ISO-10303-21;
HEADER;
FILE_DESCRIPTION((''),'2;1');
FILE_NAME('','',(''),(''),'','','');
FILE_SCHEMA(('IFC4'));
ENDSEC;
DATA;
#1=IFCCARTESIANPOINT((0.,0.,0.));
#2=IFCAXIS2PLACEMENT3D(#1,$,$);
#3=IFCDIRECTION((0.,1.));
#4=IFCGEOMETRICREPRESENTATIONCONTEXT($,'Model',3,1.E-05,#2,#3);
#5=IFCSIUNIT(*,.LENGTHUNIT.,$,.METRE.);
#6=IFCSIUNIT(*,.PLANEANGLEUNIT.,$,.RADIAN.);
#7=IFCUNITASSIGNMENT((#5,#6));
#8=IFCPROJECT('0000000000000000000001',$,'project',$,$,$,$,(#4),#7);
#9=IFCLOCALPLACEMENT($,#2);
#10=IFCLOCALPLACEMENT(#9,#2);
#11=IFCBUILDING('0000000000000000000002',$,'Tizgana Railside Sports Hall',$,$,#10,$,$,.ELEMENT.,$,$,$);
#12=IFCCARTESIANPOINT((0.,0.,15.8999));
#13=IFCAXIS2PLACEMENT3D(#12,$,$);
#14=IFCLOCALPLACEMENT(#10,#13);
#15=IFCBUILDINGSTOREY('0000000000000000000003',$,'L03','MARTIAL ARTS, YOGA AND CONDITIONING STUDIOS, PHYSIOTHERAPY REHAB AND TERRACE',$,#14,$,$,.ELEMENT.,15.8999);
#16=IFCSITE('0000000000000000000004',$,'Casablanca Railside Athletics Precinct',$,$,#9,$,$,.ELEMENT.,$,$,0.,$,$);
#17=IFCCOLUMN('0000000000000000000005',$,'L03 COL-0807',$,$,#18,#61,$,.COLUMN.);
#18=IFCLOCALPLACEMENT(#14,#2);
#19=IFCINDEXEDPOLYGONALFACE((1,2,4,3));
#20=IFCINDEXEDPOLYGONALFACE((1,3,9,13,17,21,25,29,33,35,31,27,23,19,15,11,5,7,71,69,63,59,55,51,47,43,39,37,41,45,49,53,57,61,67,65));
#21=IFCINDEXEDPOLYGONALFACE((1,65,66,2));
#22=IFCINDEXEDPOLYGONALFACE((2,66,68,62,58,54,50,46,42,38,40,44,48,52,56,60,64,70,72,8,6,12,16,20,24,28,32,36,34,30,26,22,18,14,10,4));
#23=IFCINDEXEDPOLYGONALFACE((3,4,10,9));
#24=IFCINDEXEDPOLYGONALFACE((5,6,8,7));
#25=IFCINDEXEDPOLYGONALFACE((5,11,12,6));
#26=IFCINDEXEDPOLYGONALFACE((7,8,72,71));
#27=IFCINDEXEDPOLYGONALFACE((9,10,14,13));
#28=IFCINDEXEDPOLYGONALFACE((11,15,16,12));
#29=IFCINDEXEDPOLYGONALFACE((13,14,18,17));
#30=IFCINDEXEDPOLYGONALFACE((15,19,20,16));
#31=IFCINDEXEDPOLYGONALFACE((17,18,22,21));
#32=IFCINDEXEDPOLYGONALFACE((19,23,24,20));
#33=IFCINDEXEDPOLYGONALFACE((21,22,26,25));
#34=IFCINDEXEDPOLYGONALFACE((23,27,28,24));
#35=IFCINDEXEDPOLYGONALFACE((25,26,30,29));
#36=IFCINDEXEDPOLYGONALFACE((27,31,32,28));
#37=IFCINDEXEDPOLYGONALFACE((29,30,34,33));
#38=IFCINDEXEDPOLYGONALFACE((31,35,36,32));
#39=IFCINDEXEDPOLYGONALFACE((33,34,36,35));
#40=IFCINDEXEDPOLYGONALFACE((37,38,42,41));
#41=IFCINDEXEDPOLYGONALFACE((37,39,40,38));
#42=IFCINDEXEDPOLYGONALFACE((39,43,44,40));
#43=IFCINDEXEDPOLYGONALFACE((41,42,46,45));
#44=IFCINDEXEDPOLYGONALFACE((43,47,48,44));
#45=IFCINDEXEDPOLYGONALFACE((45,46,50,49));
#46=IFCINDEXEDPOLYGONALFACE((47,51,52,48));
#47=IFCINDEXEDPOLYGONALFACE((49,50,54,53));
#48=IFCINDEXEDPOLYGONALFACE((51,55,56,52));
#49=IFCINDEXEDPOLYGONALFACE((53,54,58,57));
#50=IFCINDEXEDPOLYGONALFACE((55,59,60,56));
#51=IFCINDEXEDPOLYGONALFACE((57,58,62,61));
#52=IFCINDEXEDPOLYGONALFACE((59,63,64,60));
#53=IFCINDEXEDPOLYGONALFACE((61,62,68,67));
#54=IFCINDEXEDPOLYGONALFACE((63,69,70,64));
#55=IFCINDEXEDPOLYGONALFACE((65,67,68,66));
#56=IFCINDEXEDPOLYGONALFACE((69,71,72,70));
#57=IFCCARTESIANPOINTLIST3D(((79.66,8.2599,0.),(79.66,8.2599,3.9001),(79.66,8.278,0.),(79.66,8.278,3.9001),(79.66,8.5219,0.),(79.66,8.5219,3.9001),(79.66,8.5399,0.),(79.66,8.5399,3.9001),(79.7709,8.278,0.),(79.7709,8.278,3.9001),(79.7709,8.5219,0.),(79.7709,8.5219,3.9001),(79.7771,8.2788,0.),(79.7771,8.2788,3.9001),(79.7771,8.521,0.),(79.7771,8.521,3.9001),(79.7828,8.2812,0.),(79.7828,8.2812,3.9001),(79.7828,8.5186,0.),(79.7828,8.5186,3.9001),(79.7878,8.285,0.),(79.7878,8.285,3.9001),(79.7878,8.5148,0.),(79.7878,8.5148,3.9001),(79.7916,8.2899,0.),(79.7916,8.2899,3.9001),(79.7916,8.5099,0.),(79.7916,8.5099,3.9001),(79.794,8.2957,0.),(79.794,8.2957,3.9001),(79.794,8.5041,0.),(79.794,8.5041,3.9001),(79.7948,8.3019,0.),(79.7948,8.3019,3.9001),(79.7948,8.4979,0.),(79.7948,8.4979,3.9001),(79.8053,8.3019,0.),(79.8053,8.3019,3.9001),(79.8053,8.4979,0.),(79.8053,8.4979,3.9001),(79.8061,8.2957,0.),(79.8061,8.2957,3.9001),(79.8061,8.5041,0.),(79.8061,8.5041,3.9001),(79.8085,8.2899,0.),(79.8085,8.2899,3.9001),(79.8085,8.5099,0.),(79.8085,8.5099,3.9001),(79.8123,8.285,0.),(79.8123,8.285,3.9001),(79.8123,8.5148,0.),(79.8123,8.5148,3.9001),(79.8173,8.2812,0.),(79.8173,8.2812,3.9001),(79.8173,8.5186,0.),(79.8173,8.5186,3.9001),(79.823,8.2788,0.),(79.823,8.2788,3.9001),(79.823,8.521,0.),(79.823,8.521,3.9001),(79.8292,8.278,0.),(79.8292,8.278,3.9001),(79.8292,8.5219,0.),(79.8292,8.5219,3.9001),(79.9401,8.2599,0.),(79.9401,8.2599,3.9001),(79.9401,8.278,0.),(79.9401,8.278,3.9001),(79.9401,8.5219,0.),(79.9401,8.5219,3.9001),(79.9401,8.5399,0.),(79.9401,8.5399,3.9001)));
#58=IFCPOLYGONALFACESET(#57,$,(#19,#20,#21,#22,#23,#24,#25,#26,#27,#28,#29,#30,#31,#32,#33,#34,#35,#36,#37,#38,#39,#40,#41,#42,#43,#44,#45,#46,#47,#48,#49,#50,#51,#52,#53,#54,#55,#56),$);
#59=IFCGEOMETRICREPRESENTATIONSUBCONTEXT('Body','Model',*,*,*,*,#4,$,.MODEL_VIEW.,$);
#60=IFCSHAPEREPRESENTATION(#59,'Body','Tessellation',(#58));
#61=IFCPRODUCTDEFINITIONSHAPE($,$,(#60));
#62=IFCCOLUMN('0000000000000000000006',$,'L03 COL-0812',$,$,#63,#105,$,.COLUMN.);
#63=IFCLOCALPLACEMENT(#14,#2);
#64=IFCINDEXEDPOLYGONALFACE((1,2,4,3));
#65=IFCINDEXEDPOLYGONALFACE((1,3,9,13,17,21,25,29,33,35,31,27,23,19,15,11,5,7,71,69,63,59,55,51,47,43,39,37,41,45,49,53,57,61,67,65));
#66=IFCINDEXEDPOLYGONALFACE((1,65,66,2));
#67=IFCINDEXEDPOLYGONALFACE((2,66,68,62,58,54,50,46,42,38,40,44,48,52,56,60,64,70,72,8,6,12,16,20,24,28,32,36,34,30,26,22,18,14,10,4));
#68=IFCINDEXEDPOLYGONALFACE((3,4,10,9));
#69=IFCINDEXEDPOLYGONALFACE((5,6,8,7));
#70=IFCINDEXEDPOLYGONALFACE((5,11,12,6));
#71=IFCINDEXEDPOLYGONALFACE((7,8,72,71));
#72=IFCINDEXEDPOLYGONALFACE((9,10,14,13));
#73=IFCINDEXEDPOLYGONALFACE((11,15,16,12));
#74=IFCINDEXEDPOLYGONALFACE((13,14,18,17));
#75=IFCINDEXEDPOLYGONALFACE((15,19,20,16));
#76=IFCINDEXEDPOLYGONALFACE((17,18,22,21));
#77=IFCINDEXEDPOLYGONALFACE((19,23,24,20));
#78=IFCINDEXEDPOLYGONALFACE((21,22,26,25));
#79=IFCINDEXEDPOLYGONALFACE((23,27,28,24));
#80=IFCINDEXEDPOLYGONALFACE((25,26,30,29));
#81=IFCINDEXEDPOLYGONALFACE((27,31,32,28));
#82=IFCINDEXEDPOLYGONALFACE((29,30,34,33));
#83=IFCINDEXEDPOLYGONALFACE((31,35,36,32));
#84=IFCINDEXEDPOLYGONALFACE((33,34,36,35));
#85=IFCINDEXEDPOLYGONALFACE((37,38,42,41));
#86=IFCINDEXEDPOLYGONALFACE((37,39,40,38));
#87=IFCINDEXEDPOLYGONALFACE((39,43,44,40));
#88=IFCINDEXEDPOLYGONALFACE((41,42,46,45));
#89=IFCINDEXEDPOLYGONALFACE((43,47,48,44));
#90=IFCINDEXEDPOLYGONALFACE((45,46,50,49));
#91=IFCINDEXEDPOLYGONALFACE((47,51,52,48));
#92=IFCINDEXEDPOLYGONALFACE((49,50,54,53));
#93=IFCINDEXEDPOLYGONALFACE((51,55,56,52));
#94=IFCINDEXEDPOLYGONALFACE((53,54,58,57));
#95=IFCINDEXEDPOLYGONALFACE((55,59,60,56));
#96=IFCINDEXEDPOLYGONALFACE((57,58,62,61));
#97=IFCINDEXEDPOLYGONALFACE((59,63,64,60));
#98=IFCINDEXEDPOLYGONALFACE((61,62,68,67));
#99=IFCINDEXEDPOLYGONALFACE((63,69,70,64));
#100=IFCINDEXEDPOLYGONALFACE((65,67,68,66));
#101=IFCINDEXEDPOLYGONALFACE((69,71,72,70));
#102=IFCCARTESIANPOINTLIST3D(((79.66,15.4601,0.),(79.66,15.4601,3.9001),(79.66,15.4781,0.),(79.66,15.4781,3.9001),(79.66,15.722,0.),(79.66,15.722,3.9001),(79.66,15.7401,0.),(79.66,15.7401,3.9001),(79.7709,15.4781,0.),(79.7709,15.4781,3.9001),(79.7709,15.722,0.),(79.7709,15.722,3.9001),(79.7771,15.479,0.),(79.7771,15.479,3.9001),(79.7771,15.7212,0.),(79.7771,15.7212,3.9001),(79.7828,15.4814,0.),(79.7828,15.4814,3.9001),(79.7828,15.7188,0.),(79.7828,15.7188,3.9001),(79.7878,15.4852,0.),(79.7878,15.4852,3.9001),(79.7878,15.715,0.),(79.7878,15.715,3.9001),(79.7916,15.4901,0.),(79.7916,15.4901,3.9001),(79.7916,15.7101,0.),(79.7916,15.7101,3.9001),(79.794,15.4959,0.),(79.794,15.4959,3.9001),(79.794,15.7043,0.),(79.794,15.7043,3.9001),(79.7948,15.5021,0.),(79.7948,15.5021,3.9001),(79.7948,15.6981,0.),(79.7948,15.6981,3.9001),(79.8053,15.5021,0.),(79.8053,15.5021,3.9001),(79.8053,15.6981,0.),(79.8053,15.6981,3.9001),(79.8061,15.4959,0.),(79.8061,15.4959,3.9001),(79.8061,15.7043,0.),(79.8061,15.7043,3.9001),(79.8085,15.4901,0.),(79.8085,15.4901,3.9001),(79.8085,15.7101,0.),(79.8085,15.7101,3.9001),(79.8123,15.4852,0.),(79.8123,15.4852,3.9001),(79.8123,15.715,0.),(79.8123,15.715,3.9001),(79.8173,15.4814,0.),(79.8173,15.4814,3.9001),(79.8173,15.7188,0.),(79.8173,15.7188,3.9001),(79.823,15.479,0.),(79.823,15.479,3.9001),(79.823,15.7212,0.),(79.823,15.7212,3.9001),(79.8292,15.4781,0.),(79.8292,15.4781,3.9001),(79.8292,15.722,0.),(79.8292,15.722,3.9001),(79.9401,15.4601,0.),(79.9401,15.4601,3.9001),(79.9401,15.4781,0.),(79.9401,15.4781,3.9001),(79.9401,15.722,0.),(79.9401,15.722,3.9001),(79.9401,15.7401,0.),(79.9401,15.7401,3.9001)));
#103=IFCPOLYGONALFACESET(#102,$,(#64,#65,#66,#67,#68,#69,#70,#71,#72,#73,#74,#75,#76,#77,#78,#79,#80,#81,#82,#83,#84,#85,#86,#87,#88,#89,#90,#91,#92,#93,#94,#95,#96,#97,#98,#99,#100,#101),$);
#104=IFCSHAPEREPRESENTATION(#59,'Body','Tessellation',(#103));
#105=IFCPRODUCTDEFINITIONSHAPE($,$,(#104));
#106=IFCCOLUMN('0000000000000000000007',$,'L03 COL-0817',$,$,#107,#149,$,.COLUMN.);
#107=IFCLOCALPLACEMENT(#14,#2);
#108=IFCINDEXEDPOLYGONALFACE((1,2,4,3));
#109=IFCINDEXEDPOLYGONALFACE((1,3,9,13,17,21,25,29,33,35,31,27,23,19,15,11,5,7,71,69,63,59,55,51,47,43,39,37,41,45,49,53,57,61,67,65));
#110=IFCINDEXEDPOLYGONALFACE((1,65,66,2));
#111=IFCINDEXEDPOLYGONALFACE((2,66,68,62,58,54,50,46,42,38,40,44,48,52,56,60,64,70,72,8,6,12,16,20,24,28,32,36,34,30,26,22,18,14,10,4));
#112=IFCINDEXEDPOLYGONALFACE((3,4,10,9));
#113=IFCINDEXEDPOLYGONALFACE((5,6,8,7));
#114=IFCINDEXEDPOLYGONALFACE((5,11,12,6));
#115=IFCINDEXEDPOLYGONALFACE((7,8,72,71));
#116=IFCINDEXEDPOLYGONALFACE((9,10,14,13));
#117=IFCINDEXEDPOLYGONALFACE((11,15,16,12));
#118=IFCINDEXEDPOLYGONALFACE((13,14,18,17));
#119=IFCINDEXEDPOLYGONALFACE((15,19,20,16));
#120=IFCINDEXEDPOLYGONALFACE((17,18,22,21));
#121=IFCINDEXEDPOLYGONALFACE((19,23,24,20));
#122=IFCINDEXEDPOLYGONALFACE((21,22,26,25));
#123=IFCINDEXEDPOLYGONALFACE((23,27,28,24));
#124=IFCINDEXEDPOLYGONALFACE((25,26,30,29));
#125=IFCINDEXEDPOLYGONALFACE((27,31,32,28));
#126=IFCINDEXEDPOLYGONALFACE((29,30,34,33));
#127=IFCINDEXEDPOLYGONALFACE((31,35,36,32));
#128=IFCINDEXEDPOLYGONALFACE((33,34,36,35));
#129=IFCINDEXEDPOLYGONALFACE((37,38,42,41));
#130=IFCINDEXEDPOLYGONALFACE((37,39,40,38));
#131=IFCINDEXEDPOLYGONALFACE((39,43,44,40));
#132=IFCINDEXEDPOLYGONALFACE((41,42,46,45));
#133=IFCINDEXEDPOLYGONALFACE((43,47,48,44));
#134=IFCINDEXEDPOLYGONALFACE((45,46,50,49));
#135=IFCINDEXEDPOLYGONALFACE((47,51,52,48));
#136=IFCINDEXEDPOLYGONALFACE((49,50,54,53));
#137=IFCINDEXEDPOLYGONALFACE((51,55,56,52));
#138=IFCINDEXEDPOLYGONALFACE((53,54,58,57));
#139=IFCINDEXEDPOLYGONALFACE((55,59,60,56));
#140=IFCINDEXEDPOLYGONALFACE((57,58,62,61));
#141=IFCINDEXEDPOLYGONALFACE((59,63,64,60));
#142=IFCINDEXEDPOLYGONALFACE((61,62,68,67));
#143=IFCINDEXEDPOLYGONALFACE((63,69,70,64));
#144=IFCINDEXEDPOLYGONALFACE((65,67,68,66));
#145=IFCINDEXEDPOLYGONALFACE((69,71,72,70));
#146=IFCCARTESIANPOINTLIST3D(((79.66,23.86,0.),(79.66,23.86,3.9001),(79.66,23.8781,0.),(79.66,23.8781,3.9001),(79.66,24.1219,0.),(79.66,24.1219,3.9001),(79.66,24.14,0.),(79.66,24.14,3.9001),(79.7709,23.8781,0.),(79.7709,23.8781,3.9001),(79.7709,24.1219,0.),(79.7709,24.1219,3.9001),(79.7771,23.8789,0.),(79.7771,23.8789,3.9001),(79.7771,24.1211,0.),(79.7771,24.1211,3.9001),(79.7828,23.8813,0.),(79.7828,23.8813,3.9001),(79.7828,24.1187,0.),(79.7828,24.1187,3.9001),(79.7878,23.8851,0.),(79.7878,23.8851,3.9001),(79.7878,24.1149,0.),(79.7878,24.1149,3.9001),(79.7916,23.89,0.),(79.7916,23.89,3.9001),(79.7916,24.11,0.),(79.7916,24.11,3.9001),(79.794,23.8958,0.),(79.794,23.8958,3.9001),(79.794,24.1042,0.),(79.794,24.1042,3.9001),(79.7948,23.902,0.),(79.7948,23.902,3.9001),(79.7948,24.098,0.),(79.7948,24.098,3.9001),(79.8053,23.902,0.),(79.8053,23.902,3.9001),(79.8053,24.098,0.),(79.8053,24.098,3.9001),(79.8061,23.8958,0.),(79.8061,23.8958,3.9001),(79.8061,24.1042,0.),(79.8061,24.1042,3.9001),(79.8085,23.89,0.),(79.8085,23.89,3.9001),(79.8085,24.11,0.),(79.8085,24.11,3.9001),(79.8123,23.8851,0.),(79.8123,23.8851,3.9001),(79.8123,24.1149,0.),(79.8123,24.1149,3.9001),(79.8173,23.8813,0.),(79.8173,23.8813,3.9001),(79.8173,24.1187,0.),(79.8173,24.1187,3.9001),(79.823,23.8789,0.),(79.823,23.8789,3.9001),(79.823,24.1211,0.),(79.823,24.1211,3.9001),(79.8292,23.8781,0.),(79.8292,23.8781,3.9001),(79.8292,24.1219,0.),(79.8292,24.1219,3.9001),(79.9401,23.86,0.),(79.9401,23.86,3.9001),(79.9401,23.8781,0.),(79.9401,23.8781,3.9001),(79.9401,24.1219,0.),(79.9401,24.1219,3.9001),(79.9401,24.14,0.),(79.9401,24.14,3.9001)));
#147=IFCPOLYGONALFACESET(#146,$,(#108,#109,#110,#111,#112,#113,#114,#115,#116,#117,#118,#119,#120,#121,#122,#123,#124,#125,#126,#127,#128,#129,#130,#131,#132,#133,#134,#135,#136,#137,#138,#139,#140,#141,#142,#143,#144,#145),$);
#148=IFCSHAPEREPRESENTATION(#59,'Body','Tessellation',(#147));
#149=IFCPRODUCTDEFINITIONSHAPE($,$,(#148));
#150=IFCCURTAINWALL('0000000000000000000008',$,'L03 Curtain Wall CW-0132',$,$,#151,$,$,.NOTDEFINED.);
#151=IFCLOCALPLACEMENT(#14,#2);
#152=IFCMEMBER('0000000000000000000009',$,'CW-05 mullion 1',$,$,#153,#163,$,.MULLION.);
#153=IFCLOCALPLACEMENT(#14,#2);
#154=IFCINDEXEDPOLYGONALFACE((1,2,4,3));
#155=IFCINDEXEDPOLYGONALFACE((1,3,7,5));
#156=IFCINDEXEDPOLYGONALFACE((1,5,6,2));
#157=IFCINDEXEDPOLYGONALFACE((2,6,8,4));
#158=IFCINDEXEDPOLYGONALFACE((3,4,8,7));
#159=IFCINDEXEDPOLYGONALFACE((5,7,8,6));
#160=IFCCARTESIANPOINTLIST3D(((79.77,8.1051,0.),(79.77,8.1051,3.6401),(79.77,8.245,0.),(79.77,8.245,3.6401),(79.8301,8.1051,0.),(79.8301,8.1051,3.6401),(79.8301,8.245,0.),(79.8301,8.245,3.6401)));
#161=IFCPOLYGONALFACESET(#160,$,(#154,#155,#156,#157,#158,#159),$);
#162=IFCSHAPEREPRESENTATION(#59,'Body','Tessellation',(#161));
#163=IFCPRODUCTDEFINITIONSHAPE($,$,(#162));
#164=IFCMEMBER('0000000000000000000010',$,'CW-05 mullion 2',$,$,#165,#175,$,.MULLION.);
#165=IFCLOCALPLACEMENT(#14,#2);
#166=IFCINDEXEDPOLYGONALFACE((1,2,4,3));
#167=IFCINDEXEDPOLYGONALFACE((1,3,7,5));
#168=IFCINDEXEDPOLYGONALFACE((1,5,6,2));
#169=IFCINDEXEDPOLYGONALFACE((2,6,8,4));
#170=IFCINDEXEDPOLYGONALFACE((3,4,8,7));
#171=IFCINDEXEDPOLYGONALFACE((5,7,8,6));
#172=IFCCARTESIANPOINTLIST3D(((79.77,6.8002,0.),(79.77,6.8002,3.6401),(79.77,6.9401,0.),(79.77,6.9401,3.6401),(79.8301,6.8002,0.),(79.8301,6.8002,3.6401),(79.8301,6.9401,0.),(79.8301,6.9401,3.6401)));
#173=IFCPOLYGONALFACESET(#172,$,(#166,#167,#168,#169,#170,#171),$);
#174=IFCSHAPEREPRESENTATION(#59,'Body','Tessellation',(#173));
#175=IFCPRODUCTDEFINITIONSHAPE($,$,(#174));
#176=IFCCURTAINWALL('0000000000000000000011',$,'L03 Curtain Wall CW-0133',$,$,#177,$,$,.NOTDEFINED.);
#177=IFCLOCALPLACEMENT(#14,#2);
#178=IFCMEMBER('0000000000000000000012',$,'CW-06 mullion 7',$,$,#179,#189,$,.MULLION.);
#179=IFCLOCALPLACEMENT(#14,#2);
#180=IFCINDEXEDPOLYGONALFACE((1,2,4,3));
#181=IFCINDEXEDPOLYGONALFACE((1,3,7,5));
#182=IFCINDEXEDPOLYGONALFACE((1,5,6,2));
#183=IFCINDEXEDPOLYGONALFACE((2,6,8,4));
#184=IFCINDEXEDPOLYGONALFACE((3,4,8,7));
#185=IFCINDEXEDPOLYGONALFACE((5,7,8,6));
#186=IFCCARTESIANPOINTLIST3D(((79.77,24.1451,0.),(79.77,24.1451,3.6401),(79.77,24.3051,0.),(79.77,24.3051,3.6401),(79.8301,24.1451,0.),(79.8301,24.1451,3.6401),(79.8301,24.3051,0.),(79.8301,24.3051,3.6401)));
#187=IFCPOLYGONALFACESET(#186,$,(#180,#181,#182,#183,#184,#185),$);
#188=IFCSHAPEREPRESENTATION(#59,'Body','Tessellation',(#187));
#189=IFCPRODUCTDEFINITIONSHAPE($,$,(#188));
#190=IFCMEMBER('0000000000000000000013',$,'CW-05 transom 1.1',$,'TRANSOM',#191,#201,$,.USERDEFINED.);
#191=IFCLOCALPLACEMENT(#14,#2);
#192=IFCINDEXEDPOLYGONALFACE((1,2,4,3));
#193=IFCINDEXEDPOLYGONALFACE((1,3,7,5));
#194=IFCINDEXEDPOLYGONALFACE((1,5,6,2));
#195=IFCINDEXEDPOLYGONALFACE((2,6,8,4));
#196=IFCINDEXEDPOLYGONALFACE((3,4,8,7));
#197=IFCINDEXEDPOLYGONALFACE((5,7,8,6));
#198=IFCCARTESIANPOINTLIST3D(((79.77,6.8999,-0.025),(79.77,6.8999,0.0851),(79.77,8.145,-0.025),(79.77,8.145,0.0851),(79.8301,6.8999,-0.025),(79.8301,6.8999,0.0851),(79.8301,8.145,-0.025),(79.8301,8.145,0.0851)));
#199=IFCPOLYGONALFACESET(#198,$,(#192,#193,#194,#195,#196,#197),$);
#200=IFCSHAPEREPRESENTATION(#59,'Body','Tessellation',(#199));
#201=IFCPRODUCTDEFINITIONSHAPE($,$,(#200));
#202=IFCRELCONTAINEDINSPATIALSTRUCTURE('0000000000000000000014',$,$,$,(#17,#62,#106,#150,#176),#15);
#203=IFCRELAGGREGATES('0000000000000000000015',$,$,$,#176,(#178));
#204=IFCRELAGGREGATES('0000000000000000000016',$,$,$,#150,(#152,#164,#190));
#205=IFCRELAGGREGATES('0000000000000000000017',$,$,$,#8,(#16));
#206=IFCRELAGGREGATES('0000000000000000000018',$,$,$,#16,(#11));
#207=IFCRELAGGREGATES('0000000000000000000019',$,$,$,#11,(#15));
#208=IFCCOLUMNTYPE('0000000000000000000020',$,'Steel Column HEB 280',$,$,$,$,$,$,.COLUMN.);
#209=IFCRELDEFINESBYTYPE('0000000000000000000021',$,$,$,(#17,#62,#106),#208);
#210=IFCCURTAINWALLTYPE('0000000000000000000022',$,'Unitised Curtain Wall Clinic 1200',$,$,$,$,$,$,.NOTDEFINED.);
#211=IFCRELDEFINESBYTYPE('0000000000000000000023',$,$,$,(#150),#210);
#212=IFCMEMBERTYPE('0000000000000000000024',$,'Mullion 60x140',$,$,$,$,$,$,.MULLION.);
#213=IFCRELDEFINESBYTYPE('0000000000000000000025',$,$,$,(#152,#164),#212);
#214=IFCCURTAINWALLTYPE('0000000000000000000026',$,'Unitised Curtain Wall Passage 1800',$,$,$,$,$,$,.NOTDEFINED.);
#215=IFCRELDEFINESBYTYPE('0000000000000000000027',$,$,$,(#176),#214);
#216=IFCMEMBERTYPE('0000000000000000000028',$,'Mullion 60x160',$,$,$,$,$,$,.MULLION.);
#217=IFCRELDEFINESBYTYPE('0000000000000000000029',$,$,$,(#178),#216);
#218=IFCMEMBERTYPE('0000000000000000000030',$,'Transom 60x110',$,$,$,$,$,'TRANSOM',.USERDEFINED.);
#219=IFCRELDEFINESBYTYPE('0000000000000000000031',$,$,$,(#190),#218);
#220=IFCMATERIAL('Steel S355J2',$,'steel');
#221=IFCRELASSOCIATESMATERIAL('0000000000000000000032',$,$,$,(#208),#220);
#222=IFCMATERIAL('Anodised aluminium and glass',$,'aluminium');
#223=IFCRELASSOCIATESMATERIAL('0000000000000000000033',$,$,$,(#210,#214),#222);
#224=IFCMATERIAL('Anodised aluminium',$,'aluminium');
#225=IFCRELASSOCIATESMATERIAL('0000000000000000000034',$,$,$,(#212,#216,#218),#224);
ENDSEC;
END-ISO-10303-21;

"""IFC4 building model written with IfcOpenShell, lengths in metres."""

from ifc_helpers import new_model, si_unit, direction, frame, origin, origin_2d, place, context, subcontext, project, spatial, rectangle, i_section, extrude, material, material_profile, profile_set, type_object, element, aggregate, save


model = new_model("IFC4")

# Units and contexts
model_context = context("Model", 3, precision=1e-05, world=origin(), true_north=direction((0.0, 1.0)))
body_context = subcontext(model_context, "Body", "Model", "MODEL_VIEW")
ifc_project = project(units=[si_unit("LENGTHUNIT", "METRE"), si_unit("PLANEANGLEUNIT", "RADIAN")], contexts=[model_context])

# Site, building, storey
site_placement = place(None, origin())
site = spatial("IfcSite", under=ifc_project, at=site_placement, Name="Casablanca Railside Athletics Precinct", CompositionType="ELEMENT", RefElevation=0.0)
building_placement = place(site_placement, origin())
building = spatial("IfcBuilding", under=site, at=building_placement, Name="Tizgana Railside Sports Hall", CompositionType="ELEMENT")
storey_placement = place(building_placement, frame((0.0, 0.0, 15.8999)))
storey = spatial("IfcBuildingStorey", under=building, at=storey_placement, Name="L03", Description="MARTIAL ARTS, YOGA AND CONDITIONING STUDIOS, PHYSIOTHERAPY REHAB AND TERRACE", CompositionType="ELEMENT", Elevation=15.8999)

# Columns
ifc_material_1 = material(Name="Steel S355J2", Category="steel")
ifc_material_profile_1 = material_profile(ifc_material_1, i_section(OverallWidth=0.28, OverallDepth=0.28, WebThickness=0.0105, FlangeThickness=0.0181, FilletRadius=0.0239, at=origin_2d()), Name="HEB 280")
ifc_profile_set_1 = profile_set([ifc_material_profile_1], Name="Steel S355J2")
column_type = type_object("IfcColumnType", Name="Steel Column HEB 280", PredefinedType="COLUMN", material=ifc_profile_set_1)
for number, where, z_axis, x_axis, name in (
    (1, (79.8, 8.3999, 0.0), (0.0, 0.0, 1.0), (1.0, 0.0, 0.0), "L03 COL-0807"),
    (2, (79.8, 15.6001, 0.0), (0.0, 0.0, 1.0), (1.0, 0.0, 0.0), "L03 COL-0812"),
    (3, (79.8, 24.0, 0.0), (0.0, 0.0, 1.0), (1.0, 0.0, 0.0), "L03 COL-0817"),
):
    element("IfcColumn", number, at=place(storey_placement, frame(where, z_axis=z_axis, x_axis=x_axis)), inside=storey, type_object=column_type, Name=name, PredefinedType="COLUMN", context=body_context, shape_type="SweptSolid", body=[
        extrude(i_section(OverallWidth=0.28, OverallDepth=0.28, WebThickness=0.0105, FlangeThickness=0.0181, FilletRadius=0.0239, at=origin_2d()), origin(), (0.0, 0.0, 1.0), 3.9001),
    ])

# Curtain wall, members
ifc_material_2 = material(Name="Anodised aluminium and glass", Category="aluminium")
curtain_wall_type_1 = type_object("IfcCurtainWallType", Name="Unitised Curtain Wall Clinic 1200", PredefinedType="NOTDEFINED", material=ifc_material_2)
curtain_wall_1_placement = place(storey_placement, origin())
curtain_wall_1 = element("IfcCurtainWall", 4, at=curtain_wall_1_placement, inside=storey, type_object=curtain_wall_type_1, Name="L03 Curtain Wall CW-0132", PredefinedType="NOTDEFINED")
ifc_material_3 = material(Name="Anodised aluminium", Category="aluminium")
ifc_material_profile_2 = material_profile(ifc_material_3, rectangle(XDim=0.0601, YDim=0.1399, at=origin_2d()), Name="Mullion 60x140")
ifc_profile_set_2 = profile_set([ifc_material_profile_2], Name="Anodised aluminium")
member_type_1 = type_object("IfcMemberType", Name="Mullion 60x140", PredefinedType="MULLION", material=ifc_profile_set_2)
member_1_placement = place(storey_placement, frame((79.8, 8.175, 0.0), z_axis=(0.0, 0.0, 1.0), x_axis=(1.0, 0.0, 0.0)))
member_1 = element("IfcMember", 5, at=member_1_placement, type_object=member_type_1, Name="CW-05 mullion 1", PredefinedType="MULLION", context=body_context, shape_type="SweptSolid", body=[
    extrude(rectangle(XDim=0.0601, YDim=0.1399, at=origin_2d()), origin(), (0.0, 0.0, 1.0), 3.6401),
])
member_2_placement = place(storey_placement, frame((79.8, 6.8701, 0.0), z_axis=(0.0, 0.0, 1.0), x_axis=(1.0, 0.0, 0.0)))
member_2 = element("IfcMember", 6, at=member_2_placement, type_object=member_type_1, Name="CW-05 mullion 2", PredefinedType="MULLION", context=body_context, shape_type="SweptSolid", body=[
    extrude(rectangle(XDim=0.0601, YDim=0.1399, at=origin_2d()), origin(), (0.0, 0.0, 1.0), 3.6401),
])

# Curtain wall, member
curtain_wall_type_2 = type_object("IfcCurtainWallType", Name="Unitised Curtain Wall Passage 1800", PredefinedType="NOTDEFINED", material=ifc_material_2)
curtain_wall_2_placement = place(storey_placement, origin())
curtain_wall_2 = element("IfcCurtainWall", 7, at=curtain_wall_2_placement, inside=storey, type_object=curtain_wall_type_2, Name="L03 Curtain Wall CW-0133", PredefinedType="NOTDEFINED")
ifc_material_profile_3 = material_profile(ifc_material_3, rectangle(XDim=0.0601, YDim=0.1599, at=origin_2d()), Name="Mullion 60x160")
ifc_profile_set_3 = profile_set([ifc_material_profile_3], Name="Anodised aluminium")
member_type_2 = type_object("IfcMemberType", Name="Mullion 60x160", PredefinedType="MULLION", material=ifc_profile_set_3)
member_3_placement = place(storey_placement, frame((79.8, 24.2251, 0.0), z_axis=(0.0, 0.0, 1.0), x_axis=(1.0, 0.0, 0.0)))
member_3 = element("IfcMember", 8, at=member_3_placement, type_object=member_type_2, Name="CW-06 mullion 7", PredefinedType="MULLION", context=body_context, shape_type="SweptSolid", body=[
    extrude(rectangle(XDim=0.0601, YDim=0.1599, at=origin_2d()), origin(), (0.0, 0.0, 1.0), 3.6401),
])

# Member
ifc_material_profile_4 = material_profile(ifc_material_3, rectangle(XDim=0.0601, YDim=0.1101, at=origin_2d()), Name="Transom 60x110")
ifc_profile_set_4 = profile_set([ifc_material_profile_4], Name="Anodised aluminium")
member_type_3 = type_object("IfcMemberType", Name="Transom 60x110", ElementType="TRANSOM", PredefinedType="USERDEFINED", material=ifc_profile_set_4)
member_4_placement = place(storey_placement, frame((79.8, 8.145, 0.03), z_axis=(0.0, -1.0, 0.0), x_axis=(1.0, 0.0, 0.0)))
member_4 = element("IfcMember", 9, at=member_4_placement, type_object=member_type_3, Name="CW-05 transom 1.1", ObjectType="TRANSOM", PredefinedType="USERDEFINED", context=body_context, shape_type="SweptSolid", body=[
    extrude(rectangle(XDim=0.0601, YDim=0.1101, at=origin_2d()), origin(), (0.0, 0.0, 1.0), 1.2451),
])

aggregate(curtain_wall_2, [member_3])
aggregate(curtain_wall_1, [member_1, member_2, member_4])

save(model, "model.ifc")
